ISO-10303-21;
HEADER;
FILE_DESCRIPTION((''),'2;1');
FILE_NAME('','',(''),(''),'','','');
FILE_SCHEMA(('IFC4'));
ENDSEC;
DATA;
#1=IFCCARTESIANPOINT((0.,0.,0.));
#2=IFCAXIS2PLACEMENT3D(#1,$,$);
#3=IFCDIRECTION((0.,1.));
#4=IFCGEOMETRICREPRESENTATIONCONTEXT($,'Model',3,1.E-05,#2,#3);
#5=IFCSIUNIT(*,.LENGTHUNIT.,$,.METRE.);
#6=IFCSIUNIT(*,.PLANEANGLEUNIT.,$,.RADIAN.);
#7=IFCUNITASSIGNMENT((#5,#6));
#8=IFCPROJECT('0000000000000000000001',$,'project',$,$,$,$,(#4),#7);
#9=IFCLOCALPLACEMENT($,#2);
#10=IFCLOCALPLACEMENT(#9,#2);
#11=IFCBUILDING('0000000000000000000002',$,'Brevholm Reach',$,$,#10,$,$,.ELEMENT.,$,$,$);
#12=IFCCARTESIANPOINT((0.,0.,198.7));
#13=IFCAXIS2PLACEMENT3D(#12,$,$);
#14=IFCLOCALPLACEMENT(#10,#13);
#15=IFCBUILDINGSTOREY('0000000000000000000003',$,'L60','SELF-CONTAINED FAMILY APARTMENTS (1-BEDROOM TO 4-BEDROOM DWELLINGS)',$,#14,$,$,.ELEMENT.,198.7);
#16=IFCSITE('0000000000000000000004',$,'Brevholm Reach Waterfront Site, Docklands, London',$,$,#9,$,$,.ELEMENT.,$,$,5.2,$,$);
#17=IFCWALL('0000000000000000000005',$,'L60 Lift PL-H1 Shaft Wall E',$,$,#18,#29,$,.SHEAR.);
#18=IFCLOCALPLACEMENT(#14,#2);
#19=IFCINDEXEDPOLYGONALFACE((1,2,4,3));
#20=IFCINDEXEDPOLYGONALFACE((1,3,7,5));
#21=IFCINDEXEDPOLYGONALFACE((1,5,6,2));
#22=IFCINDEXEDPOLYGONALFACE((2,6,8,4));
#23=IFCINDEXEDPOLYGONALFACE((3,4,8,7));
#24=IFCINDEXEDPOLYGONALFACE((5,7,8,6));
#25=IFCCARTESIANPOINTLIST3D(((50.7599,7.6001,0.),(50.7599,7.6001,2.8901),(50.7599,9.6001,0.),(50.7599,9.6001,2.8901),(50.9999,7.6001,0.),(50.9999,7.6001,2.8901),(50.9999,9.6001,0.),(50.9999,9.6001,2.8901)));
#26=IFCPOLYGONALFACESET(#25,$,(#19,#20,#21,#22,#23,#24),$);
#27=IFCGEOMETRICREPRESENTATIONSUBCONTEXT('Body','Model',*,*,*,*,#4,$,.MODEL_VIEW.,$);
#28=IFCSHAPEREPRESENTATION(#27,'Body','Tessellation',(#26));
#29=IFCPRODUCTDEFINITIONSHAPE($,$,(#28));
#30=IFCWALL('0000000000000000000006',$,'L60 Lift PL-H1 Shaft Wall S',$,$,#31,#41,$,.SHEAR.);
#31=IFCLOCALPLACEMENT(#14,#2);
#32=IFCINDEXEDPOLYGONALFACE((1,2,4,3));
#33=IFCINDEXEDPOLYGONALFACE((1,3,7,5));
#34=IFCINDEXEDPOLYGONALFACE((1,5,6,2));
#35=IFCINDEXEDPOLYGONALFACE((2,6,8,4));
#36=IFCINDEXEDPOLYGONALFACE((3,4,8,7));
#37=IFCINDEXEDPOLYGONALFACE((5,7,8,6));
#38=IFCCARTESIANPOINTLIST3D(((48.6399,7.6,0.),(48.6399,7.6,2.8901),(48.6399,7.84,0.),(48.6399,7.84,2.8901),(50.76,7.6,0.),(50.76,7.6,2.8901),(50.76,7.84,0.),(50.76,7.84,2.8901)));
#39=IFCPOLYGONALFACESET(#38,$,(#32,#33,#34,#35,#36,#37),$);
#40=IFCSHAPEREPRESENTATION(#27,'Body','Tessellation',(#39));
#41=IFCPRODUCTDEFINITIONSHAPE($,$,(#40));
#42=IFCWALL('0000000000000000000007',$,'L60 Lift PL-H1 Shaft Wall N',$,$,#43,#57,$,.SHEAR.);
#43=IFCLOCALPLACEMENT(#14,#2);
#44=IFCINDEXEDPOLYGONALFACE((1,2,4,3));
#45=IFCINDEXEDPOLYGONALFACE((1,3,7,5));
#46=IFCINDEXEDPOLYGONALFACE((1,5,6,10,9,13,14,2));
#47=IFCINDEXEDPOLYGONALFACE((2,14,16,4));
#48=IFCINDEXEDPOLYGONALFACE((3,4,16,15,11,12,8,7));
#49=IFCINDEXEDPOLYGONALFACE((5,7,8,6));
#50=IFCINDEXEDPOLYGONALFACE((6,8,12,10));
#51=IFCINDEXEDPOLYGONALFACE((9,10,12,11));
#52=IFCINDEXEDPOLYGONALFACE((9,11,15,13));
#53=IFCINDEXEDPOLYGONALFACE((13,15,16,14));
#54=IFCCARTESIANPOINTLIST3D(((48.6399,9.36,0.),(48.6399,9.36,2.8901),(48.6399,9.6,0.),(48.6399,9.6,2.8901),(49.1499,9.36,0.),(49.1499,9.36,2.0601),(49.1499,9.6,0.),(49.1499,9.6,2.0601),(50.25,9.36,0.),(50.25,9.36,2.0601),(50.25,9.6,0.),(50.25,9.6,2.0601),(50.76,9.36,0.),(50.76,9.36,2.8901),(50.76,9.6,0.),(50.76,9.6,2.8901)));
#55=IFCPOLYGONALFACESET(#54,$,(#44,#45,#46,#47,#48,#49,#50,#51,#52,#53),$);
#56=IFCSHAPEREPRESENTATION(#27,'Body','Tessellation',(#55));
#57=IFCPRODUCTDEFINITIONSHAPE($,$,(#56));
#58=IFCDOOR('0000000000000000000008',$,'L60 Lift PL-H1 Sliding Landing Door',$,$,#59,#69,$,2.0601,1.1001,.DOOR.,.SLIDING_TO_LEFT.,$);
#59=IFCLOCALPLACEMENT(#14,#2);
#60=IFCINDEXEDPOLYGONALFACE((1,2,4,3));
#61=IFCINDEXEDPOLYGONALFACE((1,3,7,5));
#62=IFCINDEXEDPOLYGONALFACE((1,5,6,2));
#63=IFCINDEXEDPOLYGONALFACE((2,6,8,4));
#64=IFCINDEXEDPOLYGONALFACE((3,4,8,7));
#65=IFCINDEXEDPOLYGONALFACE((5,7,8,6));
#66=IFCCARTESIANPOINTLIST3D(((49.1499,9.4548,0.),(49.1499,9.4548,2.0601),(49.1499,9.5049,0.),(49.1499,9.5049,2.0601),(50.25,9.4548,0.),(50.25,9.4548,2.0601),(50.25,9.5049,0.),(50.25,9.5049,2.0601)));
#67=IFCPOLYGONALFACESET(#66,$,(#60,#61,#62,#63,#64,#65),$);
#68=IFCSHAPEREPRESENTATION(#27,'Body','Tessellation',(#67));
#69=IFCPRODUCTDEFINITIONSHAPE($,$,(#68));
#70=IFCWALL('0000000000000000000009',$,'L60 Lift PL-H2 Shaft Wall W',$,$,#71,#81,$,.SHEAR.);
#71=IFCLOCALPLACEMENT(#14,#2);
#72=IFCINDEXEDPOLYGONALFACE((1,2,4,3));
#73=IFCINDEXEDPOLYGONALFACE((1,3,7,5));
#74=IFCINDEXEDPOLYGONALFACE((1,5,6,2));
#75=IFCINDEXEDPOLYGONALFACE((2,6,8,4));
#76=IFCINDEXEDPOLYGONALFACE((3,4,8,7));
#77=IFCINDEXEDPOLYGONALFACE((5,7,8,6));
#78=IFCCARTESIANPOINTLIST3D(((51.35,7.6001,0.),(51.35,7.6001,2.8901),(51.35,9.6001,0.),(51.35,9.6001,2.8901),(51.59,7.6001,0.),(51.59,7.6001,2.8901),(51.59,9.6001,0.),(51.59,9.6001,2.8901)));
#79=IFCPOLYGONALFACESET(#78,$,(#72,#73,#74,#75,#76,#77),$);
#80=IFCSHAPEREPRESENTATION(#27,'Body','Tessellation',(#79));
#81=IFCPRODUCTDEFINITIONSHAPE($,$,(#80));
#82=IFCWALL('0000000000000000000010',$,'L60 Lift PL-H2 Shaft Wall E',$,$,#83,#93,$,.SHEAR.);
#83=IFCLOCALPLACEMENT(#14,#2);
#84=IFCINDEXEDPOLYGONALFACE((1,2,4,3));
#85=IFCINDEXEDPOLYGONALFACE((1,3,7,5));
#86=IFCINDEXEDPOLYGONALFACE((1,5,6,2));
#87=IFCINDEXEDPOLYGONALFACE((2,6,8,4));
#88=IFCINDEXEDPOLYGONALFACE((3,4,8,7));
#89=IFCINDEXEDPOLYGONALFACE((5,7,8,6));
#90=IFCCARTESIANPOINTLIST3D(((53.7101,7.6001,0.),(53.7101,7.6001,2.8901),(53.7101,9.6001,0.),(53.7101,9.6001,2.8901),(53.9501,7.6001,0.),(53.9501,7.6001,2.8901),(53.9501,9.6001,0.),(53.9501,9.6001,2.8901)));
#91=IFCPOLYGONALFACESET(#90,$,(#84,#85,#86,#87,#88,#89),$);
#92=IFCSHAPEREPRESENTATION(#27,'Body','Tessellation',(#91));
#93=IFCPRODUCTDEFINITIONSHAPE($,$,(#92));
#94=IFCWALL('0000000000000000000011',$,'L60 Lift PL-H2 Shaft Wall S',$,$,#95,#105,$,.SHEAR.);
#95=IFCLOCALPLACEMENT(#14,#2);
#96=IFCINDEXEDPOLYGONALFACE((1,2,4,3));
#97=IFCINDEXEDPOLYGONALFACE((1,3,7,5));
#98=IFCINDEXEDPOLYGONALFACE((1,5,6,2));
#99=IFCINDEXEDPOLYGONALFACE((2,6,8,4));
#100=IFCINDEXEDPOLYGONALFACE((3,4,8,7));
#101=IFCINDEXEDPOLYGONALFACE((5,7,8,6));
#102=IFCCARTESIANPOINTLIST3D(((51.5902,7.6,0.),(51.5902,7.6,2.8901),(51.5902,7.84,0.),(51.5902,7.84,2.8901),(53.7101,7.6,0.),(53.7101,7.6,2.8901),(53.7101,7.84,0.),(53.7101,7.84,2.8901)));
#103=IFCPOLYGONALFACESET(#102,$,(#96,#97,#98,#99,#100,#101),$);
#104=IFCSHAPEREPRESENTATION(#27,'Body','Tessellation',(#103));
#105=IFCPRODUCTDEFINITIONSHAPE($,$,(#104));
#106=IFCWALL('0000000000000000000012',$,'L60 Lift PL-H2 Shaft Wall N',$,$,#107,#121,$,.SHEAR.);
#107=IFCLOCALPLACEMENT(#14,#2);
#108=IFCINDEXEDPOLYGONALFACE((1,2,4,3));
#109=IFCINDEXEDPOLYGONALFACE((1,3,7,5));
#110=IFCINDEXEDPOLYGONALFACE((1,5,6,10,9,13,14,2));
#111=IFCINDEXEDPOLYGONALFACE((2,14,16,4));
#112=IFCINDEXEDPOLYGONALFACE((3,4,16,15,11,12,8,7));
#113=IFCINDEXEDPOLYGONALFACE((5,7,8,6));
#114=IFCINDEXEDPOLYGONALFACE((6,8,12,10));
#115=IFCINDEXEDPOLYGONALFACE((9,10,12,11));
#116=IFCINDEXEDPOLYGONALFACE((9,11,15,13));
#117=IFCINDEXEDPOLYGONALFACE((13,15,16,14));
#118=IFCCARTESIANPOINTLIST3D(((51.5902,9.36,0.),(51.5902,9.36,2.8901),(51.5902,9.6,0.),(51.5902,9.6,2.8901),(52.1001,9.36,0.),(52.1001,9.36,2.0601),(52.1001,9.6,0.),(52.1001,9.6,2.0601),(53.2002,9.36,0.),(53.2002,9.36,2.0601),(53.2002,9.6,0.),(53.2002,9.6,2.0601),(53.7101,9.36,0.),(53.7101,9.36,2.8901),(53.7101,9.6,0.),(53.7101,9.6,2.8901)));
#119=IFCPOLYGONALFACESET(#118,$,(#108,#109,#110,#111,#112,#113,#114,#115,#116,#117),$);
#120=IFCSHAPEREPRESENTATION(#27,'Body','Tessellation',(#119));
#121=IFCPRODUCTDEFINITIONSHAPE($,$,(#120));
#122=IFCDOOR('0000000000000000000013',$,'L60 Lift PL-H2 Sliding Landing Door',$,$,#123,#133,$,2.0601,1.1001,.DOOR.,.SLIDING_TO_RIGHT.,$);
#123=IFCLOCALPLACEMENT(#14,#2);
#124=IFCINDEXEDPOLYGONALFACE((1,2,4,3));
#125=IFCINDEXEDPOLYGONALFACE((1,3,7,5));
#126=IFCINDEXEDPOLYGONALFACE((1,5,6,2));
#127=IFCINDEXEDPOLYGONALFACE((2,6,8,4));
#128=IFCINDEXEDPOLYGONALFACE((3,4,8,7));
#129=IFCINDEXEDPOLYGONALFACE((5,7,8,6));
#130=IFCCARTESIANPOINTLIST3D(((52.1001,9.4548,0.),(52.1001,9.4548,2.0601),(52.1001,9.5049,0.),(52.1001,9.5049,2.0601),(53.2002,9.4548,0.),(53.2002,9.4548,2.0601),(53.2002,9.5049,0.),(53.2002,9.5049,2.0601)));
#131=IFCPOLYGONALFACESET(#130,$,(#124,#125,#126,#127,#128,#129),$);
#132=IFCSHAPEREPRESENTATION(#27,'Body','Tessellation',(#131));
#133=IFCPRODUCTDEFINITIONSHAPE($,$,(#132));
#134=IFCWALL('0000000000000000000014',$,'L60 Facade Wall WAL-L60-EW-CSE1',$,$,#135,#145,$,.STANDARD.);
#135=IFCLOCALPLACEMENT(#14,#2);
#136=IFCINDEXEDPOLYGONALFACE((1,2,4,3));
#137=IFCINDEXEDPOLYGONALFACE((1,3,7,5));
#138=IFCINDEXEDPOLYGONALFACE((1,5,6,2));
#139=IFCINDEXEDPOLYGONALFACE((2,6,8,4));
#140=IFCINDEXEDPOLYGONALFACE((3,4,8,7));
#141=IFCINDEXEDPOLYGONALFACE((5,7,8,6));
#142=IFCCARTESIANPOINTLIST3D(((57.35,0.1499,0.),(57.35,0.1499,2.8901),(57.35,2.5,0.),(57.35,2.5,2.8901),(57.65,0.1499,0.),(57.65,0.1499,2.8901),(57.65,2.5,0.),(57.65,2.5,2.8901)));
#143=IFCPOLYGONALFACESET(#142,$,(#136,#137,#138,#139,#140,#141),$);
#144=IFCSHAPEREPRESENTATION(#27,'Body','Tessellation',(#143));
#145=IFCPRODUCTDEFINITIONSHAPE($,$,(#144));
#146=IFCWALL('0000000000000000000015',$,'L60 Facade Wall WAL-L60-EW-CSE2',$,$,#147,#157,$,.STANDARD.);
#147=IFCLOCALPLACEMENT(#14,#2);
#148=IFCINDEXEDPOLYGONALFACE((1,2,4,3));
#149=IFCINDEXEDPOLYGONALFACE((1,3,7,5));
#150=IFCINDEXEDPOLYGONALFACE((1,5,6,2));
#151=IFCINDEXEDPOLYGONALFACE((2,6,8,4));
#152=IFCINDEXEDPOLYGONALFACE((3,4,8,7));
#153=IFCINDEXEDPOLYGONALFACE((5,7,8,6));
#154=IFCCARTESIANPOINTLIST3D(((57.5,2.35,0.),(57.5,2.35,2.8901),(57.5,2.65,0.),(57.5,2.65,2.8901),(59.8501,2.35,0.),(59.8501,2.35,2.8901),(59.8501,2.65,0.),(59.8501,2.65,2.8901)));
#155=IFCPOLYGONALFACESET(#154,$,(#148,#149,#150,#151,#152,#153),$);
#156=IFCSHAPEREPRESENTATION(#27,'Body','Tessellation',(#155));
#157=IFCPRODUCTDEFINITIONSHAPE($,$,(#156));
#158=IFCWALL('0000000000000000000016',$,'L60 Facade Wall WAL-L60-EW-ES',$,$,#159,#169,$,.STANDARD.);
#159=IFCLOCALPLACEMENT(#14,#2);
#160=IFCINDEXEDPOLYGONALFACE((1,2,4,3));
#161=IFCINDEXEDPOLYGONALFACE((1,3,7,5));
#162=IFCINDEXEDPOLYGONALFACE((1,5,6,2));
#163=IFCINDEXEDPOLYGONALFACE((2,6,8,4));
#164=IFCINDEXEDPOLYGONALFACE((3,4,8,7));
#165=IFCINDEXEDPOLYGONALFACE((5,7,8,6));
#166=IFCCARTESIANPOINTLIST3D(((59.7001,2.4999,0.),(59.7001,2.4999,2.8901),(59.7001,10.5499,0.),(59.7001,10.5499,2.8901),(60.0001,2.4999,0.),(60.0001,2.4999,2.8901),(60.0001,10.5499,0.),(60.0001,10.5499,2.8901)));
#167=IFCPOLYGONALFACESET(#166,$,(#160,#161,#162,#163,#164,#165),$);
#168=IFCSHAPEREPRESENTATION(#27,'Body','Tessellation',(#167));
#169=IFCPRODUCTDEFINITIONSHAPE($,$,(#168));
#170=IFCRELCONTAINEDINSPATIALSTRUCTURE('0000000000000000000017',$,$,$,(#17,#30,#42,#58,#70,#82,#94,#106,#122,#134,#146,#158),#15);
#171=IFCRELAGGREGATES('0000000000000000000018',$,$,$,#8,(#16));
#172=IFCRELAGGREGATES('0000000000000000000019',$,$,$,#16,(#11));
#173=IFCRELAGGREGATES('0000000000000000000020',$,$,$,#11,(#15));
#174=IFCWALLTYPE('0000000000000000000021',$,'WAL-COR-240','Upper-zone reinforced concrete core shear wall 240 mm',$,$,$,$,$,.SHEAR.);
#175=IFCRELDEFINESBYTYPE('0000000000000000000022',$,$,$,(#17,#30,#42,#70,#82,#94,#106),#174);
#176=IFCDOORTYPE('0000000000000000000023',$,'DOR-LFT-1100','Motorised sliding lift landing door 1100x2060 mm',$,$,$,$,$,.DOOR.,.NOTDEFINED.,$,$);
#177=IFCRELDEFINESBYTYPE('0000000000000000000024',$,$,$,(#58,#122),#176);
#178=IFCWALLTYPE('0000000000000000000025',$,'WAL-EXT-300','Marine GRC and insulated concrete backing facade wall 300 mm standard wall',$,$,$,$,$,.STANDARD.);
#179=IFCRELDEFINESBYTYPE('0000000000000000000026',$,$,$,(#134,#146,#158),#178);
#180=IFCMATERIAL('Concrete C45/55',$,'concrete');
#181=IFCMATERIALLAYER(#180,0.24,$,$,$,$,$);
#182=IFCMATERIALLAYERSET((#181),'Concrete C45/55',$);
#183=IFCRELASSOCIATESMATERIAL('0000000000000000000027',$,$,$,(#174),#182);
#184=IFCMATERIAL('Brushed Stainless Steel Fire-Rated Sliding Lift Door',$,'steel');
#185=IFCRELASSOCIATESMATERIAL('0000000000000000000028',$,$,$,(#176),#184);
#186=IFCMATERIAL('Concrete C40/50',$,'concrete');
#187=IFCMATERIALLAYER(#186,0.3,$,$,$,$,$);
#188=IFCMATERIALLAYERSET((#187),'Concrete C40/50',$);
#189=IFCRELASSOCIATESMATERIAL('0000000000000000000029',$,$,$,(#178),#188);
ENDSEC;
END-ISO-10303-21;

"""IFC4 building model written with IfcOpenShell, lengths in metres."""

from ifc_helpers import new_model, si_unit, direction, frame, frame_2d, origin, place, context, subcontext, project, spatial, rectangle, extrude, material, layer, layer_set, type_object, element, fill, save


model = new_model("IFC4")

# Units and contexts
model_context = context("Model", 3, precision=1e-05, world=origin(), true_north=direction((0.0, 1.0)))
body_context = subcontext(model_context, "Body", "Model", "MODEL_VIEW")
ifc_project = project(units=[si_unit("LENGTHUNIT", "METRE"), si_unit("PLANEANGLEUNIT", "RADIAN")], contexts=[model_context])

# Site, building, storey
site_placement = place(None, origin())
site = spatial("IfcSite", under=ifc_project, at=site_placement, Name="Brevholm Reach Waterfront Site, Docklands, London", CompositionType="ELEMENT", RefElevation=5.2)
building_placement = place(site_placement, origin())
building = spatial("IfcBuilding", under=site, at=building_placement, Name="Brevholm Reach", CompositionType="ELEMENT")
storey_placement = place(building_placement, frame((0.0, 0.0, 198.7)))
storey = spatial("IfcBuildingStorey", under=building, at=storey_placement, Name="L60", Description="SELF-CONTAINED FAMILY APARTMENTS (1-BEDROOM TO 4-BEDROOM DWELLINGS)", CompositionType="ELEMENT", Elevation=198.7)

# Walls
ifc_material_1 = material(Name="Concrete C45/55", Category="concrete")
ifc_layer_1 = layer(ifc_material_1, 0.24)
ifc_layer_set_1 = layer_set([ifc_layer_1], Name="Concrete C45/55")
wall_type_1 = type_object("IfcWallType", Name="WAL-COR-240", Description="Upper-zone reinforced concrete core shear wall 240 mm", PredefinedType="SHEAR", material=ifc_layer_set_1)
wall_1_placement = place(storey_placement, frame((50.8799, 7.6001, 0.0), z_axis=(0.0, 0.0, 1.0), x_axis=(0.0, 1.0, 0.0)))
element("IfcWall", 1, at=wall_1_placement, inside=storey, type_object=wall_type_1, Name="L60 Lift PL-H1 Shaft Wall E", PredefinedType="SHEAR", context=body_context, shape_type="SweptSolid", body=[
    extrude(rectangle(XDim=2.0, YDim=0.24, at=frame_2d((1.0, 0.0))), origin(), (0.0, 0.0, 1.0), 2.8901),
])
wall_2_placement = place(storey_placement, frame((48.6399, 7.72, 0.0), z_axis=(0.0, 0.0, 1.0), x_axis=(1.0, 0.0, 0.0)))
element("IfcWall", 2, at=wall_2_placement, inside=storey, type_object=wall_type_1, Name="L60 Lift PL-H1 Shaft Wall S", PredefinedType="SHEAR", context=body_context, shape_type="SweptSolid", body=[
    extrude(rectangle(XDim=2.1201, YDim=0.24, at=frame_2d((1.0601, 0.0))), origin(), (0.0, 0.0, 1.0), 2.8901),
])

# Wall, opening, door
wall_3_placement = place(storey_placement, frame((48.6399, 9.48, 0.0), z_axis=(0.0, 0.0, 1.0), x_axis=(1.0, 0.0, 0.0)))
wall_3 = element("IfcWall", 3, at=wall_3_placement, inside=storey, type_object=wall_type_1, Name="L60 Lift PL-H1 Shaft Wall N", PredefinedType="SHEAR", context=body_context, shape_type="SweptSolid", body=[
    extrude(rectangle(XDim=2.1201, YDim=0.24, at=frame_2d((1.0601, 0.0))), origin(), (0.0, 0.0, 1.0), 2.8901),
])
opening_1_placement = place(wall_3_placement, frame((0.51, 0.0, 0.0)))
opening_1 = element("IfcOpeningElement", 4, at=opening_1_placement, cuts=wall_3, PredefinedType="OPENING", context=body_context, shape_type="SweptSolid", body=[
    extrude(rectangle(XDim=1.1001, YDim=2.0601, at=frame_2d((0.55, 1.03))), frame((0.0, 0.1299, 0.0), z_axis=(0.0, -1.0, 0.0), x_axis=(1.0, 0.0, 0.0)), (0.0, 0.0, 1.0), 0.26),
])
ifc_material_2 = material(Name="Brushed Stainless Steel Fire-Rated Sliding Lift Door", Category="steel")
door_type_1 = type_object("IfcDoorType", Name="DOR-LFT-1100", Description="Motorised sliding lift landing door 1100x2060 mm", OperationType="NOTDEFINED", PredefinedType="DOOR", material=ifc_material_2)
door_1_placement = place(opening_1_placement, origin())
door_1 = element("IfcDoor", 5, at=door_1_placement, inside=storey, type_object=door_type_1, Name="L60 Lift PL-H1 Sliding Landing Door", OperationType="SLIDING_TO_LEFT", OverallHeight=2.0601, OverallWidth=1.1001, PredefinedType="DOOR", context=body_context, shape_type="SweptSolid", body=[
    extrude(rectangle(XDim=1.1001, YDim=2.0601, at=frame_2d((0.55, 1.03))), frame((0.0, 0.0249, 0.0), z_axis=(0.0, -1.0, 0.0), x_axis=(1.0, 0.0, 0.0)), (0.0, 0.0, 1.0), 0.05),
])
fill(opening_1, door_1)

# Walls
for number, where, z_axis, x_axis, name in (
    (6, (51.47, 7.6001, 0.0), (0.0, 0.0, 1.0), (0.0, 1.0, 0.0), "L60 Lift PL-H2 Shaft Wall W"),
    (7, (53.8301, 7.6001, 0.0), (0.0, 0.0, 1.0), (0.0, 1.0, 0.0), "L60 Lift PL-H2 Shaft Wall E"),
):
    element("IfcWall", number, at=place(storey_placement, frame(where, z_axis=z_axis, x_axis=x_axis)), inside=storey, type_object=wall_type_1, Name=name, PredefinedType="SHEAR", context=body_context, shape_type="SweptSolid", body=[
        extrude(rectangle(XDim=2.0, YDim=0.24, at=frame_2d((1.0, 0.0))), origin(), (0.0, 0.0, 1.0), 2.8901),
    ])
wall_4_placement = place(storey_placement, frame((51.5901, 7.72, 0.0), z_axis=(0.0, 0.0, 1.0), x_axis=(1.0, 0.0, 0.0)))
element("IfcWall", 8, at=wall_4_placement, inside=storey, type_object=wall_type_1, Name="L60 Lift PL-H2 Shaft Wall S", PredefinedType="SHEAR", context=body_context, shape_type="SweptSolid", body=[
    extrude(rectangle(XDim=2.1199, YDim=0.24, at=frame_2d((1.0601, 0.0))), origin(), (0.0, 0.0, 1.0), 2.8901),
])

# Wall, opening, door
wall_5_placement = place(storey_placement, frame((51.5901, 9.48, 0.0), z_axis=(0.0, 0.0, 1.0), x_axis=(1.0, 0.0, 0.0)))
wall_5 = element("IfcWall", 9, at=wall_5_placement, inside=storey, type_object=wall_type_1, Name="L60 Lift PL-H2 Shaft Wall N", PredefinedType="SHEAR", context=body_context, shape_type="SweptSolid", body=[
    extrude(rectangle(XDim=2.1199, YDim=0.24, at=frame_2d((1.0601, 0.0))), origin(), (0.0, 0.0, 1.0), 2.8901),
])
opening_2_placement = place(wall_5_placement, frame((0.51, 0.0, 0.0)))
opening_2 = element("IfcOpeningElement", 10, at=opening_2_placement, cuts=wall_5, PredefinedType="OPENING", context=body_context, shape_type="SweptSolid", body=[
    extrude(rectangle(XDim=1.1001, YDim=2.0601, at=frame_2d((0.55, 1.03))), frame((0.0, 0.1299, 0.0), z_axis=(0.0, -1.0, 0.0), x_axis=(1.0, 0.0, 0.0)), (0.0, 0.0, 1.0), 0.26),
])
door_2_placement = place(opening_2_placement, origin())
door_2 = element("IfcDoor", 11, at=door_2_placement, inside=storey, type_object=door_type_1, Name="L60 Lift PL-H2 Sliding Landing Door", OperationType="SLIDING_TO_RIGHT", OverallHeight=2.0601, OverallWidth=1.1001, PredefinedType="DOOR", context=body_context, shape_type="SweptSolid", body=[
    extrude(rectangle(XDim=1.1001, YDim=2.0601, at=frame_2d((0.55, 1.03))), frame((0.0, 0.0249, 0.0), z_axis=(0.0, -1.0, 0.0), x_axis=(1.0, 0.0, 0.0)), (0.0, 0.0, 1.0), 0.05),
])
fill(opening_2, door_2)

# Walls
ifc_material_3 = material(Name="Concrete C40/50", Category="concrete")
ifc_layer_2 = layer(ifc_material_3, 0.3)
ifc_layer_set_2 = layer_set([ifc_layer_2], Name="Concrete C40/50")
wall_type_2 = type_object("IfcWallType", Name="WAL-EXT-300", Description="Marine GRC and insulated concrete backing facade wall 300 mm standard wall", PredefinedType="STANDARD", material=ifc_layer_set_2)
for number, where, z_axis, x_axis, name in (
    (12, (57.5, 0.1499, 0.0), (0.0, 0.0, 1.0), (0.0, 1.0, 0.0), "L60 Facade Wall WAL-L60-EW-CSE1"),
    (13, (57.5, 2.5, 0.0), (0.0, 0.0, 1.0), (1.0, 0.0, 0.0), "L60 Facade Wall WAL-L60-EW-CSE2"),
):
    element("IfcWall", number, at=place(storey_placement, frame(where, z_axis=z_axis, x_axis=x_axis)), inside=storey, type_object=wall_type_2, Name=name, PredefinedType="STANDARD", context=body_context, shape_type="SweptSolid", body=[
        extrude(rectangle(XDim=2.3501, YDim=0.3, at=frame_2d((1.175, 0.0))), origin(), (0.0, 0.0, 1.0), 2.8901),
    ])
wall_6_placement = place(storey_placement, frame((59.8501, 2.5, 0.0), z_axis=(0.0, 0.0, 1.0), x_axis=(0.0, 1.0, 0.0)))
element("IfcWall", 14, at=wall_6_placement, inside=storey, type_object=wall_type_2, Name="L60 Facade Wall WAL-L60-EW-ES", PredefinedType="STANDARD", context=body_context, shape_type="SweptSolid", body=[
    extrude(rectangle(XDim=8.05, YDim=0.3, at=frame_2d((4.0249, 0.0))), origin(), (0.0, 0.0, 1.0), 2.8901),
])

save(model, "model.ifc")
